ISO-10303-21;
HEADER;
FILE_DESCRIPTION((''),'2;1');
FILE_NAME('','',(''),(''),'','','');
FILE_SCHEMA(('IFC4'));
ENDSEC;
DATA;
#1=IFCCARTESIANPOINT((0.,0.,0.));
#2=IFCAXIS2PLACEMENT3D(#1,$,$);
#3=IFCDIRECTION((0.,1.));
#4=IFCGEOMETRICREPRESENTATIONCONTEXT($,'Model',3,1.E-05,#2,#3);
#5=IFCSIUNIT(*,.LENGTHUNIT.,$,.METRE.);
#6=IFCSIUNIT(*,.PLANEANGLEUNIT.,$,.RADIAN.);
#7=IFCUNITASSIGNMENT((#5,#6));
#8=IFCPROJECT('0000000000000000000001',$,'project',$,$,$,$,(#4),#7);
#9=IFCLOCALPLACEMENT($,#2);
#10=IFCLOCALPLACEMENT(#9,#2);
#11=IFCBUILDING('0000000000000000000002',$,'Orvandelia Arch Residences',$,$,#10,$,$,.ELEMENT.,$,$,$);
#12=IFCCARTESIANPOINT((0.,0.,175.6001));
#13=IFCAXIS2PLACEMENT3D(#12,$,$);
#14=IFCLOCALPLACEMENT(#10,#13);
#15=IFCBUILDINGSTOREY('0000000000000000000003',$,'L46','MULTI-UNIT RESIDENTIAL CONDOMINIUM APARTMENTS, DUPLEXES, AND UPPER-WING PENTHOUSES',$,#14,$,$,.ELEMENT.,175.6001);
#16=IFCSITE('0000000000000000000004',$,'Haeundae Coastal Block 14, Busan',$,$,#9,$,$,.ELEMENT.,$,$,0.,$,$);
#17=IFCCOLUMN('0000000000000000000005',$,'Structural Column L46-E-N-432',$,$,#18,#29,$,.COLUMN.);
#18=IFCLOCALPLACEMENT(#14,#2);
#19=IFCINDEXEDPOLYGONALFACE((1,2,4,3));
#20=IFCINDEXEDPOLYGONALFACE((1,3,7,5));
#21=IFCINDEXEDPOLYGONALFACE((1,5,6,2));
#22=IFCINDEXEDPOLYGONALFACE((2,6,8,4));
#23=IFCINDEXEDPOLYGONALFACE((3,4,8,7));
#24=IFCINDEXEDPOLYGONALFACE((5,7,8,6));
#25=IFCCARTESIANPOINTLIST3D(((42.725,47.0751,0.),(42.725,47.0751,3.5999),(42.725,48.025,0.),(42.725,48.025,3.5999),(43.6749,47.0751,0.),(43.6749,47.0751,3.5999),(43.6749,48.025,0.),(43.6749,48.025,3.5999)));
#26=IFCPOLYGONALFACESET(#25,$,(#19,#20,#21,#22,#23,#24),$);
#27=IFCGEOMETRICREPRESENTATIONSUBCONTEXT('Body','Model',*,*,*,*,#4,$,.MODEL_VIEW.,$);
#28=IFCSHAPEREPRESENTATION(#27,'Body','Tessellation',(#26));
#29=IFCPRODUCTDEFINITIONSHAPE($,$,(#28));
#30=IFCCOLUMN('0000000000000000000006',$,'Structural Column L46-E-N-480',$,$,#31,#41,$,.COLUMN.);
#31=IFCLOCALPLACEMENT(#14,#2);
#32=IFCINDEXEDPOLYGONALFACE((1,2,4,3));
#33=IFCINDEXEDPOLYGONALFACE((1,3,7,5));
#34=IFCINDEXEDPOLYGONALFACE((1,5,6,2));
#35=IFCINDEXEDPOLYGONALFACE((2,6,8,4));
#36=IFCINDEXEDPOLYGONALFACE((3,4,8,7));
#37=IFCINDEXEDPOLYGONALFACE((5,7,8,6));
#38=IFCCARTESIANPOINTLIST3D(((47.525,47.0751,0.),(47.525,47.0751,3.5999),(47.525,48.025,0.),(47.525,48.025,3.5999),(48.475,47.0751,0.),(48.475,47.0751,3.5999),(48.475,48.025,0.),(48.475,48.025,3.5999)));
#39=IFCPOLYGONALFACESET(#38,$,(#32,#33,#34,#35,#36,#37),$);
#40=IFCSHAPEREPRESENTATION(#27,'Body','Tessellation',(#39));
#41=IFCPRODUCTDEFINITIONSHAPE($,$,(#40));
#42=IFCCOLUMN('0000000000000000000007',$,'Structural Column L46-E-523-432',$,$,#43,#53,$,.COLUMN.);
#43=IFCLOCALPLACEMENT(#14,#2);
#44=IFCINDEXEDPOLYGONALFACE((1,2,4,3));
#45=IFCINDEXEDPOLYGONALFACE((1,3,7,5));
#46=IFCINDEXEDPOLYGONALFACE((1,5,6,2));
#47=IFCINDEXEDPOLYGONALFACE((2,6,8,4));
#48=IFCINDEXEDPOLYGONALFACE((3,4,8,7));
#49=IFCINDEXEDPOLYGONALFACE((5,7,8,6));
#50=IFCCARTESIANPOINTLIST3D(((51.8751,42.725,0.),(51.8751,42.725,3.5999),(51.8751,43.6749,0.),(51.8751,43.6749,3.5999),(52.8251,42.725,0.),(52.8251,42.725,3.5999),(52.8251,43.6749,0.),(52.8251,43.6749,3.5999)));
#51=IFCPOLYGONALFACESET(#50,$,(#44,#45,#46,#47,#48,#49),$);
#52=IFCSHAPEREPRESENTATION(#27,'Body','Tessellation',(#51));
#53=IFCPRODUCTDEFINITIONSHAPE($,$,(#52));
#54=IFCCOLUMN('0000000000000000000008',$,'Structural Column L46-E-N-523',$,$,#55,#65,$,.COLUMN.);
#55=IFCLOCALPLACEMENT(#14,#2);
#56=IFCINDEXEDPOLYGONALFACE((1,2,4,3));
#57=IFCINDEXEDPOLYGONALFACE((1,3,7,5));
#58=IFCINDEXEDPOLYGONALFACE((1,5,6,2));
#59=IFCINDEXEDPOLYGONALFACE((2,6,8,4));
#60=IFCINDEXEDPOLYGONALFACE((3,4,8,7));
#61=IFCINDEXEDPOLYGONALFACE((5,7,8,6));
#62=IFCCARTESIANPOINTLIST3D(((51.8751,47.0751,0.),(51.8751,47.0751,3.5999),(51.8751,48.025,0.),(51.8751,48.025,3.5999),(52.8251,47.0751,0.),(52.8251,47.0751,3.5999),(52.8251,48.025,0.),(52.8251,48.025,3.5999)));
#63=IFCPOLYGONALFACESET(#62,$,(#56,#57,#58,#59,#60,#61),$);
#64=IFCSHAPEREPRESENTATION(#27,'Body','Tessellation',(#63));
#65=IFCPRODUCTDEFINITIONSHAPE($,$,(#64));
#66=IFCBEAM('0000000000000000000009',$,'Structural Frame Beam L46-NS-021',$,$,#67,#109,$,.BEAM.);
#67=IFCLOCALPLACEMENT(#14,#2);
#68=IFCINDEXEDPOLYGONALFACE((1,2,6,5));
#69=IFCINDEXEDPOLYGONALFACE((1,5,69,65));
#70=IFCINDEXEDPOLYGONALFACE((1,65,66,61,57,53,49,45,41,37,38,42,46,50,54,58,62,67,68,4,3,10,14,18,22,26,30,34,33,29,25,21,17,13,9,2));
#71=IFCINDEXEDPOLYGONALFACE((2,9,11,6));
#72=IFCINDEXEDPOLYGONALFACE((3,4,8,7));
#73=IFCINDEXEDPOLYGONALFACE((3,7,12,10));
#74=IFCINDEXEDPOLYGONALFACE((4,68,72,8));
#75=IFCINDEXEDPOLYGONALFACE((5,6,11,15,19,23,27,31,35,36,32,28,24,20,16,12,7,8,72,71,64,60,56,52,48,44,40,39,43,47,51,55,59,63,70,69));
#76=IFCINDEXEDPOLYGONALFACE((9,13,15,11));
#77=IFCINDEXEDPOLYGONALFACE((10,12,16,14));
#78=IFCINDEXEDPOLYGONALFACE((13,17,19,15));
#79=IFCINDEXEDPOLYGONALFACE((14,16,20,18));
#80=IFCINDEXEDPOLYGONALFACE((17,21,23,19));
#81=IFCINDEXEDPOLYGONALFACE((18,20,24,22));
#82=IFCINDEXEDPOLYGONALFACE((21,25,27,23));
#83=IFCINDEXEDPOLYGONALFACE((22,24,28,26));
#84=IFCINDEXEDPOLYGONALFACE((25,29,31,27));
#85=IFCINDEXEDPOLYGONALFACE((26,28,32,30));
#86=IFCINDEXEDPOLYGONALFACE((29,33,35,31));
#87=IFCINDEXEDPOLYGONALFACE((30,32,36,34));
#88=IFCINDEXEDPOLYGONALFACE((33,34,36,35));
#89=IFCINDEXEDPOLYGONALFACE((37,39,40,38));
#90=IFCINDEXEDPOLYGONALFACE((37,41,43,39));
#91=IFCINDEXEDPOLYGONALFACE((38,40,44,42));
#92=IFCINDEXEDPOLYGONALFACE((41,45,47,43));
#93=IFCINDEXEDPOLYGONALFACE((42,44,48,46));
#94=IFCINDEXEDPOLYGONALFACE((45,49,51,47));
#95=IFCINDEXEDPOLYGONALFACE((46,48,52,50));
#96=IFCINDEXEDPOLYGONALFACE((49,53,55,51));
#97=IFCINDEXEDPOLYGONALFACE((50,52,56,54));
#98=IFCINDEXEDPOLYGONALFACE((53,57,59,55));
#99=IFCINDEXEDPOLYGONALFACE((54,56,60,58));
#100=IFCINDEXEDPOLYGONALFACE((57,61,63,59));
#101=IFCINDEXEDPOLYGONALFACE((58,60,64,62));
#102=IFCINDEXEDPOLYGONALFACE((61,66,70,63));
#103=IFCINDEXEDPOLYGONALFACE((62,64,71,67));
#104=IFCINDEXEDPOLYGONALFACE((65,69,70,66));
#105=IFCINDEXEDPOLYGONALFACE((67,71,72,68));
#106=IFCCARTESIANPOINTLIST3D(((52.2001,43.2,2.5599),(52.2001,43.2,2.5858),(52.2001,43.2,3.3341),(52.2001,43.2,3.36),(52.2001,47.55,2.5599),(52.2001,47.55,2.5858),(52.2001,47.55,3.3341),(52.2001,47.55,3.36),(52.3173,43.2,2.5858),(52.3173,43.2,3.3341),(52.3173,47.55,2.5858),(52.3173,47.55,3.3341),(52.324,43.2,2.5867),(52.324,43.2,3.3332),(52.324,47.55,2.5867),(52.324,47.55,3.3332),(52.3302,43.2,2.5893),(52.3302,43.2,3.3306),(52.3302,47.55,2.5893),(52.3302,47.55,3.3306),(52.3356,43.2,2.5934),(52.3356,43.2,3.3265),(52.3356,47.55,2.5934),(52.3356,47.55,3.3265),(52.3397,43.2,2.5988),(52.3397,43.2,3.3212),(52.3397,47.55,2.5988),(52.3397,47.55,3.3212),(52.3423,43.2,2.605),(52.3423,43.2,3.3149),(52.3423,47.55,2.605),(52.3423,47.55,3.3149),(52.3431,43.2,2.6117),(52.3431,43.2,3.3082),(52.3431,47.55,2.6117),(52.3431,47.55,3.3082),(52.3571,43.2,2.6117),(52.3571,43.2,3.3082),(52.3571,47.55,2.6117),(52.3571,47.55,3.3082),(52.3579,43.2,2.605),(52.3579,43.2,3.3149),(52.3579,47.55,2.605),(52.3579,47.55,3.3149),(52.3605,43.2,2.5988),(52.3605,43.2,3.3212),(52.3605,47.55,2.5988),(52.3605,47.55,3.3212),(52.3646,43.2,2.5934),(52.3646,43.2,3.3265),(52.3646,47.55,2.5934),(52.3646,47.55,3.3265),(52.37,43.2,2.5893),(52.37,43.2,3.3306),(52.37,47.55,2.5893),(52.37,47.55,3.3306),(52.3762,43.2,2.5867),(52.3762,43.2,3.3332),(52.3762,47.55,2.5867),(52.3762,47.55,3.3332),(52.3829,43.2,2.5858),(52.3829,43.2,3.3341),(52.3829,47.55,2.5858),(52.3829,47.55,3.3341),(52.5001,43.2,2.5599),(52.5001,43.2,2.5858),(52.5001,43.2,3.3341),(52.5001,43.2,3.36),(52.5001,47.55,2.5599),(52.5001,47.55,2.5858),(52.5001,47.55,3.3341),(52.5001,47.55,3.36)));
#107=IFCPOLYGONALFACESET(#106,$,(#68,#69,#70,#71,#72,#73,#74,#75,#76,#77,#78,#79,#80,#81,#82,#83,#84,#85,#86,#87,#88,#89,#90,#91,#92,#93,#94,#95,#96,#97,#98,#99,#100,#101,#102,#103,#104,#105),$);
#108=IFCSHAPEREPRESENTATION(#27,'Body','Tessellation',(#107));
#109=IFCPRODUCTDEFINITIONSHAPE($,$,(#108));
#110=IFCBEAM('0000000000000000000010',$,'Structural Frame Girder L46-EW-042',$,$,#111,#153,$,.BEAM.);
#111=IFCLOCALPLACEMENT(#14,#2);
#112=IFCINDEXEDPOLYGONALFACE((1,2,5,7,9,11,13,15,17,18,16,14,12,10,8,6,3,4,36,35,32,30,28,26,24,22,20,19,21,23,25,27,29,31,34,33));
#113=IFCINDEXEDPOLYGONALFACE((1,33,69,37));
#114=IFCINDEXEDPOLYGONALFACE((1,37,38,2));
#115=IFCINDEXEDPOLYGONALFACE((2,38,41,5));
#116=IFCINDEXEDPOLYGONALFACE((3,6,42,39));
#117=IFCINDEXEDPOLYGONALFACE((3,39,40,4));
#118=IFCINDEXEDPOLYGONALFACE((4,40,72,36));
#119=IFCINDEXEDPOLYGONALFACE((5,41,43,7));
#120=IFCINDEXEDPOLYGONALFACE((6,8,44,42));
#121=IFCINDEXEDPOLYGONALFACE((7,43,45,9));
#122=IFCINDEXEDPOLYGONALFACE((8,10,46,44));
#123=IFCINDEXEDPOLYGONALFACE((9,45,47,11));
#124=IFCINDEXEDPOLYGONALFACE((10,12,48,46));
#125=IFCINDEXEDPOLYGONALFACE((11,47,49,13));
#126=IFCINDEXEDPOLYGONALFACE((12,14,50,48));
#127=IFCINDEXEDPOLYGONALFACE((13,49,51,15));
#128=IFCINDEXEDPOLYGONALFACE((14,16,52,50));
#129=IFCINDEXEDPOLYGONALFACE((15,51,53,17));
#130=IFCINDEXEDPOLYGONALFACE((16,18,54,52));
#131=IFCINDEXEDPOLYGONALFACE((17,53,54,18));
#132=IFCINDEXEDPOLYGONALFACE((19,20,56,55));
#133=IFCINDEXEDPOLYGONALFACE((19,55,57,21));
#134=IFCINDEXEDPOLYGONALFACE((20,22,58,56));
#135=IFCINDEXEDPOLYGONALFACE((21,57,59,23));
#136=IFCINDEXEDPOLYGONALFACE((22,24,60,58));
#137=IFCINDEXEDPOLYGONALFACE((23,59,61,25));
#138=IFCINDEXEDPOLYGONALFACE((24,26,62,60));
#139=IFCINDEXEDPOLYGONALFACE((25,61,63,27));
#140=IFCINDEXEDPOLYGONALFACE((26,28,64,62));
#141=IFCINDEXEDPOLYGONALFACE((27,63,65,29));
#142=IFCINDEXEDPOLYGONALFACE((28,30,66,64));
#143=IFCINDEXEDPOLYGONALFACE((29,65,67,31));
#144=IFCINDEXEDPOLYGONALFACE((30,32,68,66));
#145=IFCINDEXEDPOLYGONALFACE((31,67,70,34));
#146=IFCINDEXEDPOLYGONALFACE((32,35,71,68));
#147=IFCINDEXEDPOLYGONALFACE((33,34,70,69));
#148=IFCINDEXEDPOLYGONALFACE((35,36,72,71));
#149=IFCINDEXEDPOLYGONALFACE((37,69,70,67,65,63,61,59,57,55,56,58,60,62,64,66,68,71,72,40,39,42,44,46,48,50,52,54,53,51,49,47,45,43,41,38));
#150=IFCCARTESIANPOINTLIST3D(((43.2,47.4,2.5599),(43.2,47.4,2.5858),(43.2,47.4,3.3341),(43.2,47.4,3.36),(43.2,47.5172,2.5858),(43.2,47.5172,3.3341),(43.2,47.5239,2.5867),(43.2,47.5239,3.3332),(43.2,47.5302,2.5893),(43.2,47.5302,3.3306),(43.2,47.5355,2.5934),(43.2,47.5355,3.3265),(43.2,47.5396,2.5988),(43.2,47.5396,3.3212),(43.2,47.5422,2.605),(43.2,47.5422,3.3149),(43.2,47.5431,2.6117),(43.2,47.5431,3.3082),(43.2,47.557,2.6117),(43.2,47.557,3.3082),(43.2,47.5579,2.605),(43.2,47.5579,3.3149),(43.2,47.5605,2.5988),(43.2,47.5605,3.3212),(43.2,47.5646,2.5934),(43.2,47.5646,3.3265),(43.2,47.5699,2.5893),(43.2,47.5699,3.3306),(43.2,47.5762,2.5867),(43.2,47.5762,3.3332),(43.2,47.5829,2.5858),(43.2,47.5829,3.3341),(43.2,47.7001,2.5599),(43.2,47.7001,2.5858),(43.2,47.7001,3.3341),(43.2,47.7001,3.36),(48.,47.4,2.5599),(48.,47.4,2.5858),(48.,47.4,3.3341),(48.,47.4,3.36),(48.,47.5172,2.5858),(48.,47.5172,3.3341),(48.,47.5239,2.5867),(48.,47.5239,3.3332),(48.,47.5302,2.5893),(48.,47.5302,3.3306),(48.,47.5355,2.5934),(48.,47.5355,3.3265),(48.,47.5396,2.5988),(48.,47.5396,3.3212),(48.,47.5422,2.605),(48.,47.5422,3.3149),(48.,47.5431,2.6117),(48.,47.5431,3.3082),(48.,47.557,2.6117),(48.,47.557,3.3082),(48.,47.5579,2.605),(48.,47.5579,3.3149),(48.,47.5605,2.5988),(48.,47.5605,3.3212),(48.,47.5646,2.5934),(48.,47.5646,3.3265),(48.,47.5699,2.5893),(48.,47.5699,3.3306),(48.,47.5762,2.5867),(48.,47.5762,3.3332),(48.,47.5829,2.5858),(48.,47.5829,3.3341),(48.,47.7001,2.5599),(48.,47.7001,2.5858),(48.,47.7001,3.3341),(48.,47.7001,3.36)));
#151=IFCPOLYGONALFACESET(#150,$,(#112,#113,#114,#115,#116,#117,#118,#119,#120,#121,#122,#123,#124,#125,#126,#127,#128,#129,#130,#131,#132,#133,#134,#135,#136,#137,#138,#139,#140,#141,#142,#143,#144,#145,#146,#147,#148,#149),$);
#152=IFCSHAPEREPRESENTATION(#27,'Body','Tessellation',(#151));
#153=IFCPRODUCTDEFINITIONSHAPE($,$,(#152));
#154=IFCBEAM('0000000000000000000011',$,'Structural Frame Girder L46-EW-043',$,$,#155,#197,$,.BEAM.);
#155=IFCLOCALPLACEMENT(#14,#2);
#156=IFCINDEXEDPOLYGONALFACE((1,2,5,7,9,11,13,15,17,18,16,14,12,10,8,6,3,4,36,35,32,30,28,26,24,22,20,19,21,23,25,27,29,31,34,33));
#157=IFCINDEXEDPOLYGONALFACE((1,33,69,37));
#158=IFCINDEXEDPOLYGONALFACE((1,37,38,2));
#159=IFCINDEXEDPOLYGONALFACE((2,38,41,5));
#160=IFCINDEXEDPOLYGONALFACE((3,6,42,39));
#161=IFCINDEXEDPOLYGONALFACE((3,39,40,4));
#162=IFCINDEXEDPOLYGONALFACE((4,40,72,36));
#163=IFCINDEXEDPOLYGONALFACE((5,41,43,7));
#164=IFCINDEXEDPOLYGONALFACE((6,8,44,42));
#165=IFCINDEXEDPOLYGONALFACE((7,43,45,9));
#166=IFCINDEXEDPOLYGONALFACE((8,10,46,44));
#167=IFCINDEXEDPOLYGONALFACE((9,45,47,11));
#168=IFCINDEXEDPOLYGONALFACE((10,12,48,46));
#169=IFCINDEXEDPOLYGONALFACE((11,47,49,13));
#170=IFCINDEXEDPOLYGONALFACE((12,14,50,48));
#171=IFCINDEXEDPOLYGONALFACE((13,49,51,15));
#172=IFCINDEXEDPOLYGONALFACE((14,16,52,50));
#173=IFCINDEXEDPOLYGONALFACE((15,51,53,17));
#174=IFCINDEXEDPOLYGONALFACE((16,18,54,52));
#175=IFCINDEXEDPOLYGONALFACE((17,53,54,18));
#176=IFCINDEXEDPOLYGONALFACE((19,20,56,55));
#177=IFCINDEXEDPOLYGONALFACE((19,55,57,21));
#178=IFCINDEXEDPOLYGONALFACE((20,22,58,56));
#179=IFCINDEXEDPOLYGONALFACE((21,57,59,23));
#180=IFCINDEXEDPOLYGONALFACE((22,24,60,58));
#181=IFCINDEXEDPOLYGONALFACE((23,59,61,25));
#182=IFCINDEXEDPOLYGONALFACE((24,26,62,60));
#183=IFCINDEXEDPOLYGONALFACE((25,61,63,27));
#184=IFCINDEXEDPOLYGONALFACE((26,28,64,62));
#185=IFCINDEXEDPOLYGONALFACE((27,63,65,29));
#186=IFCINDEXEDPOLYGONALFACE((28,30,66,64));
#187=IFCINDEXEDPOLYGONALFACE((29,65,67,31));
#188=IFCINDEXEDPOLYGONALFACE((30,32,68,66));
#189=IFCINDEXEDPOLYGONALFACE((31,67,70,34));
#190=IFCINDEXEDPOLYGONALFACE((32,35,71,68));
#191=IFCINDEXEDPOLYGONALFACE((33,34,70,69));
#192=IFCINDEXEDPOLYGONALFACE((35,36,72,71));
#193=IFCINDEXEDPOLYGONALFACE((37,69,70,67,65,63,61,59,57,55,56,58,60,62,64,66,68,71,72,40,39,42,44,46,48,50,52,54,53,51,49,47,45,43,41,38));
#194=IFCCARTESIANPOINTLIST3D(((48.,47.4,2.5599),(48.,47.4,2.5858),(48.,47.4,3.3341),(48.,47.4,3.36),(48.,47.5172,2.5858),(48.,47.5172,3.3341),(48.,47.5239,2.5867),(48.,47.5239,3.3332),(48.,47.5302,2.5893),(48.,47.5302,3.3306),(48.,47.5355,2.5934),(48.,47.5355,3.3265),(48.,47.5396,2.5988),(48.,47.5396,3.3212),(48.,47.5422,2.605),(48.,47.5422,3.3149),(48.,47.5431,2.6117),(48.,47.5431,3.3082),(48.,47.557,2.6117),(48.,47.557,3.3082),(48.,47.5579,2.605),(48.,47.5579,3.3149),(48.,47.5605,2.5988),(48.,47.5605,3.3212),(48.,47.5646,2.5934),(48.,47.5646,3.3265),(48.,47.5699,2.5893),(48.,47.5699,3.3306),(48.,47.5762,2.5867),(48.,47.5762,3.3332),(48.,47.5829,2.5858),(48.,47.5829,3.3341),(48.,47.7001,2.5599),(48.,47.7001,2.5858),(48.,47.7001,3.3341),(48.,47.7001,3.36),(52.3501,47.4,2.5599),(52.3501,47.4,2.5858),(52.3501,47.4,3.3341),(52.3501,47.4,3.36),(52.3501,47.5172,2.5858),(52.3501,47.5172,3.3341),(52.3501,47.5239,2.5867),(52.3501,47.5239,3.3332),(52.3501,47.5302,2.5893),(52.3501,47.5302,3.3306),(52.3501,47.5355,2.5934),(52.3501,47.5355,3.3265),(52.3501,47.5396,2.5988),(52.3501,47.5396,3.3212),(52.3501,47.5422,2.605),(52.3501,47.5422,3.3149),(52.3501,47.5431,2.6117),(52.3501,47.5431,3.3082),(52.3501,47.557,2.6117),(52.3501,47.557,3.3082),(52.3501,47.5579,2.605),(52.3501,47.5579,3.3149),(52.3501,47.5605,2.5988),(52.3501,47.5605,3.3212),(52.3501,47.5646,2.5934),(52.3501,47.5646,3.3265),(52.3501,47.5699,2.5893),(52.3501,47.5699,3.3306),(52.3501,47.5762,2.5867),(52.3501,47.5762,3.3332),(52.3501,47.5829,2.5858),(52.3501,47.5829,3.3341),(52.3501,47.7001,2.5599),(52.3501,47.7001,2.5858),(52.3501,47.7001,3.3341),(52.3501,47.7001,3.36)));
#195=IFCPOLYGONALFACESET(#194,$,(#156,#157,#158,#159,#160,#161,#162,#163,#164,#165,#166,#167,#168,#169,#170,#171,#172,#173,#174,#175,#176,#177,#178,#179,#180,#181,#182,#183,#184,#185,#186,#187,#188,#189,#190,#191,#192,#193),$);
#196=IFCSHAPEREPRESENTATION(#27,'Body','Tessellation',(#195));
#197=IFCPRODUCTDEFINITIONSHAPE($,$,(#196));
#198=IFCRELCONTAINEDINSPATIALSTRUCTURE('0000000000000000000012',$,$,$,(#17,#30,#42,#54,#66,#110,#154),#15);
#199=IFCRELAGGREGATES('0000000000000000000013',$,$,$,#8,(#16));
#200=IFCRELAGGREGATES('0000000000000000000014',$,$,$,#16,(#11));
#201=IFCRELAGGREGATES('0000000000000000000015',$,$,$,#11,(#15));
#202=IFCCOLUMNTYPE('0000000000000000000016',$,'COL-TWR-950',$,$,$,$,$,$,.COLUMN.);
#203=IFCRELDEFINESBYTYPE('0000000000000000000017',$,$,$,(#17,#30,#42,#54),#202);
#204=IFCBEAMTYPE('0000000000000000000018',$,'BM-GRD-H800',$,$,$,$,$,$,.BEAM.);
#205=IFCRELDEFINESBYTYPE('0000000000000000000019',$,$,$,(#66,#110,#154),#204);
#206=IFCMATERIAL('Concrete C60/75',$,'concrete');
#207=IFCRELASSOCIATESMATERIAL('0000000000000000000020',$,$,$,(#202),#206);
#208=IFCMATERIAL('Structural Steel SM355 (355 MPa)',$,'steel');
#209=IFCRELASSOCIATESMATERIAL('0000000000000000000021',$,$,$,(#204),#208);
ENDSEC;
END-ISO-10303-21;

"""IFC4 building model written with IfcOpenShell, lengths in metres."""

from ifc_helpers import new_model, si_unit, direction, frame, origin, origin_2d, place, context, subcontext, project, spatial, rectangle, i_section, extrude, material, material_profile, profile_set, type_object, element, save


model = new_model("IFC4")

# Units and contexts
model_context = context("Model", 3, precision=1e-05, world=origin(), true_north=direction((0.0, 1.0)))
body_context = subcontext(model_context, "Body", "Model", "MODEL_VIEW")
ifc_project = project(units=[si_unit("LENGTHUNIT", "METRE"), si_unit("PLANEANGLEUNIT", "RADIAN")], contexts=[model_context])

# Site, building, storey
site_placement = place(None, origin())
site = spatial("IfcSite", under=ifc_project, at=site_placement, Name="Haeundae Coastal Block 14, Busan", CompositionType="ELEMENT", RefElevation=0.0)
building_placement = place(site_placement, origin())
building = spatial("IfcBuilding", under=site, at=building_placement, Name="Orvandelia Arch Residences", CompositionType="ELEMENT")
storey_placement = place(building_placement, frame((0.0, 0.0, 175.6001)))
storey = spatial("IfcBuildingStorey", under=building, at=storey_placement, Name="L46", Description="MULTI-UNIT RESIDENTIAL CONDOMINIUM APARTMENTS, DUPLEXES, AND UPPER-WING PENTHOUSES", CompositionType="ELEMENT", Elevation=175.6001)

# Columns
ifc_material_1 = material(Name="Concrete C60/75", Category="concrete")
ifc_material_profile_1 = material_profile(ifc_material_1, rectangle(XDim=0.95, YDim=0.95, at=origin_2d()), Name="Concrete C60/75", Category="concrete")
ifc_profile_set_1 = profile_set([ifc_material_profile_1], Name="Concrete C60/75")
column_type = type_object("IfcColumnType", Name="COL-TWR-950", PredefinedType="COLUMN", material=ifc_profile_set_1)
for number, where, z_axis, x_axis, name in (
    (1, (43.2, 47.55, 0.0), (0.0, 0.0, 1.0), (1.0, 0.0, 0.0), "Structural Column L46-E-N-432"),
    (2, (48.0, 47.55, 0.0), (0.0, 0.0, 1.0), (1.0, 0.0, 0.0), "Structural Column L46-E-N-480"),
    (3, (52.3501, 43.2, 0.0), (0.0, 0.0, 1.0), (1.0, 0.0, 0.0), "Structural Column L46-E-523-432"),
    (4, (52.3501, 47.55, 0.0), (0.0, 0.0, 1.0), (1.0, 0.0, 0.0), "Structural Column L46-E-N-523"),
):
    element("IfcColumn", number, at=place(storey_placement, frame(where, z_axis=z_axis, x_axis=x_axis)), inside=storey, type_object=column_type, Name=name, PredefinedType="COLUMN", context=body_context, shape_type="SweptSolid", body=[
        extrude(rectangle(XDim=0.95, YDim=0.95, at=origin_2d()), origin(), (0.0, 0.0, 1.0), 3.5999),
    ])

# Beams
ifc_material_2 = material(Name="Structural Steel SM355 (355 MPa)", Category="steel")
ifc_material_profile_2 = material_profile(ifc_material_2, i_section(OverallWidth=0.3, OverallDepth=0.8, WebThickness=0.0139, FlangeThickness=0.0259, FilletRadius=0.0259, at=origin_2d()), Name="Structural Steel SM355 (355 MPa)", Category="steel")
ifc_profile_set_2 = profile_set([ifc_material_profile_2], Name="Structural Steel SM355 (355 MPa)")
beam_type = type_object("IfcBeamType", Name="BM-GRD-H800", PredefinedType="BEAM", material=ifc_profile_set_2)
beam_1_placement = place(storey_placement, frame((52.3501, 43.2, 2.96), z_axis=(0.0, 1.0, 0.0), x_axis=(-1.0, 0.0, 0.0)))
element("IfcBeam", 5, at=beam_1_placement, inside=storey, type_object=beam_type, Name="Structural Frame Beam L46-NS-021", PredefinedType="BEAM", context=body_context, shape_type="SweptSolid", body=[
    extrude(i_section(OverallWidth=0.3, OverallDepth=0.8, WebThickness=0.0139, FlangeThickness=0.0259, FilletRadius=0.0259, at=origin_2d()), origin(), (0.0, 0.0, 1.0), 4.3501),
])
beam_2_placement = place(storey_placement, frame((43.2, 47.55, 2.96), z_axis=(1.0, 0.0, 0.0), x_axis=(0.0, 1.0, 0.0)))
element("IfcBeam", 6, at=beam_2_placement, inside=storey, type_object=beam_type, Name="Structural Frame Girder L46-EW-042", PredefinedType="BEAM", context=body_context, shape_type="SweptSolid", body=[
    extrude(i_section(OverallWidth=0.3, OverallDepth=0.8, WebThickness=0.0139, FlangeThickness=0.0259, FilletRadius=0.0259, at=origin_2d()), origin(), (0.0, 0.0, 1.0), 4.8),
])
beam_3_placement = place(storey_placement, frame((48.0, 47.55, 2.96), z_axis=(1.0, 0.0, 0.0), x_axis=(0.0, 1.0, 0.0)))
element("IfcBeam", 7, at=beam_3_placement, inside=storey, type_object=beam_type, Name="Structural Frame Girder L46-EW-043", PredefinedType="BEAM", context=body_context, shape_type="SweptSolid", body=[
    extrude(i_section(OverallWidth=0.3, OverallDepth=0.8, WebThickness=0.0139, FlangeThickness=0.0259, FilletRadius=0.0259, at=origin_2d()), origin(), (0.0, 0.0, 1.0), 4.3501),
])

save(model, "model.ifc")
